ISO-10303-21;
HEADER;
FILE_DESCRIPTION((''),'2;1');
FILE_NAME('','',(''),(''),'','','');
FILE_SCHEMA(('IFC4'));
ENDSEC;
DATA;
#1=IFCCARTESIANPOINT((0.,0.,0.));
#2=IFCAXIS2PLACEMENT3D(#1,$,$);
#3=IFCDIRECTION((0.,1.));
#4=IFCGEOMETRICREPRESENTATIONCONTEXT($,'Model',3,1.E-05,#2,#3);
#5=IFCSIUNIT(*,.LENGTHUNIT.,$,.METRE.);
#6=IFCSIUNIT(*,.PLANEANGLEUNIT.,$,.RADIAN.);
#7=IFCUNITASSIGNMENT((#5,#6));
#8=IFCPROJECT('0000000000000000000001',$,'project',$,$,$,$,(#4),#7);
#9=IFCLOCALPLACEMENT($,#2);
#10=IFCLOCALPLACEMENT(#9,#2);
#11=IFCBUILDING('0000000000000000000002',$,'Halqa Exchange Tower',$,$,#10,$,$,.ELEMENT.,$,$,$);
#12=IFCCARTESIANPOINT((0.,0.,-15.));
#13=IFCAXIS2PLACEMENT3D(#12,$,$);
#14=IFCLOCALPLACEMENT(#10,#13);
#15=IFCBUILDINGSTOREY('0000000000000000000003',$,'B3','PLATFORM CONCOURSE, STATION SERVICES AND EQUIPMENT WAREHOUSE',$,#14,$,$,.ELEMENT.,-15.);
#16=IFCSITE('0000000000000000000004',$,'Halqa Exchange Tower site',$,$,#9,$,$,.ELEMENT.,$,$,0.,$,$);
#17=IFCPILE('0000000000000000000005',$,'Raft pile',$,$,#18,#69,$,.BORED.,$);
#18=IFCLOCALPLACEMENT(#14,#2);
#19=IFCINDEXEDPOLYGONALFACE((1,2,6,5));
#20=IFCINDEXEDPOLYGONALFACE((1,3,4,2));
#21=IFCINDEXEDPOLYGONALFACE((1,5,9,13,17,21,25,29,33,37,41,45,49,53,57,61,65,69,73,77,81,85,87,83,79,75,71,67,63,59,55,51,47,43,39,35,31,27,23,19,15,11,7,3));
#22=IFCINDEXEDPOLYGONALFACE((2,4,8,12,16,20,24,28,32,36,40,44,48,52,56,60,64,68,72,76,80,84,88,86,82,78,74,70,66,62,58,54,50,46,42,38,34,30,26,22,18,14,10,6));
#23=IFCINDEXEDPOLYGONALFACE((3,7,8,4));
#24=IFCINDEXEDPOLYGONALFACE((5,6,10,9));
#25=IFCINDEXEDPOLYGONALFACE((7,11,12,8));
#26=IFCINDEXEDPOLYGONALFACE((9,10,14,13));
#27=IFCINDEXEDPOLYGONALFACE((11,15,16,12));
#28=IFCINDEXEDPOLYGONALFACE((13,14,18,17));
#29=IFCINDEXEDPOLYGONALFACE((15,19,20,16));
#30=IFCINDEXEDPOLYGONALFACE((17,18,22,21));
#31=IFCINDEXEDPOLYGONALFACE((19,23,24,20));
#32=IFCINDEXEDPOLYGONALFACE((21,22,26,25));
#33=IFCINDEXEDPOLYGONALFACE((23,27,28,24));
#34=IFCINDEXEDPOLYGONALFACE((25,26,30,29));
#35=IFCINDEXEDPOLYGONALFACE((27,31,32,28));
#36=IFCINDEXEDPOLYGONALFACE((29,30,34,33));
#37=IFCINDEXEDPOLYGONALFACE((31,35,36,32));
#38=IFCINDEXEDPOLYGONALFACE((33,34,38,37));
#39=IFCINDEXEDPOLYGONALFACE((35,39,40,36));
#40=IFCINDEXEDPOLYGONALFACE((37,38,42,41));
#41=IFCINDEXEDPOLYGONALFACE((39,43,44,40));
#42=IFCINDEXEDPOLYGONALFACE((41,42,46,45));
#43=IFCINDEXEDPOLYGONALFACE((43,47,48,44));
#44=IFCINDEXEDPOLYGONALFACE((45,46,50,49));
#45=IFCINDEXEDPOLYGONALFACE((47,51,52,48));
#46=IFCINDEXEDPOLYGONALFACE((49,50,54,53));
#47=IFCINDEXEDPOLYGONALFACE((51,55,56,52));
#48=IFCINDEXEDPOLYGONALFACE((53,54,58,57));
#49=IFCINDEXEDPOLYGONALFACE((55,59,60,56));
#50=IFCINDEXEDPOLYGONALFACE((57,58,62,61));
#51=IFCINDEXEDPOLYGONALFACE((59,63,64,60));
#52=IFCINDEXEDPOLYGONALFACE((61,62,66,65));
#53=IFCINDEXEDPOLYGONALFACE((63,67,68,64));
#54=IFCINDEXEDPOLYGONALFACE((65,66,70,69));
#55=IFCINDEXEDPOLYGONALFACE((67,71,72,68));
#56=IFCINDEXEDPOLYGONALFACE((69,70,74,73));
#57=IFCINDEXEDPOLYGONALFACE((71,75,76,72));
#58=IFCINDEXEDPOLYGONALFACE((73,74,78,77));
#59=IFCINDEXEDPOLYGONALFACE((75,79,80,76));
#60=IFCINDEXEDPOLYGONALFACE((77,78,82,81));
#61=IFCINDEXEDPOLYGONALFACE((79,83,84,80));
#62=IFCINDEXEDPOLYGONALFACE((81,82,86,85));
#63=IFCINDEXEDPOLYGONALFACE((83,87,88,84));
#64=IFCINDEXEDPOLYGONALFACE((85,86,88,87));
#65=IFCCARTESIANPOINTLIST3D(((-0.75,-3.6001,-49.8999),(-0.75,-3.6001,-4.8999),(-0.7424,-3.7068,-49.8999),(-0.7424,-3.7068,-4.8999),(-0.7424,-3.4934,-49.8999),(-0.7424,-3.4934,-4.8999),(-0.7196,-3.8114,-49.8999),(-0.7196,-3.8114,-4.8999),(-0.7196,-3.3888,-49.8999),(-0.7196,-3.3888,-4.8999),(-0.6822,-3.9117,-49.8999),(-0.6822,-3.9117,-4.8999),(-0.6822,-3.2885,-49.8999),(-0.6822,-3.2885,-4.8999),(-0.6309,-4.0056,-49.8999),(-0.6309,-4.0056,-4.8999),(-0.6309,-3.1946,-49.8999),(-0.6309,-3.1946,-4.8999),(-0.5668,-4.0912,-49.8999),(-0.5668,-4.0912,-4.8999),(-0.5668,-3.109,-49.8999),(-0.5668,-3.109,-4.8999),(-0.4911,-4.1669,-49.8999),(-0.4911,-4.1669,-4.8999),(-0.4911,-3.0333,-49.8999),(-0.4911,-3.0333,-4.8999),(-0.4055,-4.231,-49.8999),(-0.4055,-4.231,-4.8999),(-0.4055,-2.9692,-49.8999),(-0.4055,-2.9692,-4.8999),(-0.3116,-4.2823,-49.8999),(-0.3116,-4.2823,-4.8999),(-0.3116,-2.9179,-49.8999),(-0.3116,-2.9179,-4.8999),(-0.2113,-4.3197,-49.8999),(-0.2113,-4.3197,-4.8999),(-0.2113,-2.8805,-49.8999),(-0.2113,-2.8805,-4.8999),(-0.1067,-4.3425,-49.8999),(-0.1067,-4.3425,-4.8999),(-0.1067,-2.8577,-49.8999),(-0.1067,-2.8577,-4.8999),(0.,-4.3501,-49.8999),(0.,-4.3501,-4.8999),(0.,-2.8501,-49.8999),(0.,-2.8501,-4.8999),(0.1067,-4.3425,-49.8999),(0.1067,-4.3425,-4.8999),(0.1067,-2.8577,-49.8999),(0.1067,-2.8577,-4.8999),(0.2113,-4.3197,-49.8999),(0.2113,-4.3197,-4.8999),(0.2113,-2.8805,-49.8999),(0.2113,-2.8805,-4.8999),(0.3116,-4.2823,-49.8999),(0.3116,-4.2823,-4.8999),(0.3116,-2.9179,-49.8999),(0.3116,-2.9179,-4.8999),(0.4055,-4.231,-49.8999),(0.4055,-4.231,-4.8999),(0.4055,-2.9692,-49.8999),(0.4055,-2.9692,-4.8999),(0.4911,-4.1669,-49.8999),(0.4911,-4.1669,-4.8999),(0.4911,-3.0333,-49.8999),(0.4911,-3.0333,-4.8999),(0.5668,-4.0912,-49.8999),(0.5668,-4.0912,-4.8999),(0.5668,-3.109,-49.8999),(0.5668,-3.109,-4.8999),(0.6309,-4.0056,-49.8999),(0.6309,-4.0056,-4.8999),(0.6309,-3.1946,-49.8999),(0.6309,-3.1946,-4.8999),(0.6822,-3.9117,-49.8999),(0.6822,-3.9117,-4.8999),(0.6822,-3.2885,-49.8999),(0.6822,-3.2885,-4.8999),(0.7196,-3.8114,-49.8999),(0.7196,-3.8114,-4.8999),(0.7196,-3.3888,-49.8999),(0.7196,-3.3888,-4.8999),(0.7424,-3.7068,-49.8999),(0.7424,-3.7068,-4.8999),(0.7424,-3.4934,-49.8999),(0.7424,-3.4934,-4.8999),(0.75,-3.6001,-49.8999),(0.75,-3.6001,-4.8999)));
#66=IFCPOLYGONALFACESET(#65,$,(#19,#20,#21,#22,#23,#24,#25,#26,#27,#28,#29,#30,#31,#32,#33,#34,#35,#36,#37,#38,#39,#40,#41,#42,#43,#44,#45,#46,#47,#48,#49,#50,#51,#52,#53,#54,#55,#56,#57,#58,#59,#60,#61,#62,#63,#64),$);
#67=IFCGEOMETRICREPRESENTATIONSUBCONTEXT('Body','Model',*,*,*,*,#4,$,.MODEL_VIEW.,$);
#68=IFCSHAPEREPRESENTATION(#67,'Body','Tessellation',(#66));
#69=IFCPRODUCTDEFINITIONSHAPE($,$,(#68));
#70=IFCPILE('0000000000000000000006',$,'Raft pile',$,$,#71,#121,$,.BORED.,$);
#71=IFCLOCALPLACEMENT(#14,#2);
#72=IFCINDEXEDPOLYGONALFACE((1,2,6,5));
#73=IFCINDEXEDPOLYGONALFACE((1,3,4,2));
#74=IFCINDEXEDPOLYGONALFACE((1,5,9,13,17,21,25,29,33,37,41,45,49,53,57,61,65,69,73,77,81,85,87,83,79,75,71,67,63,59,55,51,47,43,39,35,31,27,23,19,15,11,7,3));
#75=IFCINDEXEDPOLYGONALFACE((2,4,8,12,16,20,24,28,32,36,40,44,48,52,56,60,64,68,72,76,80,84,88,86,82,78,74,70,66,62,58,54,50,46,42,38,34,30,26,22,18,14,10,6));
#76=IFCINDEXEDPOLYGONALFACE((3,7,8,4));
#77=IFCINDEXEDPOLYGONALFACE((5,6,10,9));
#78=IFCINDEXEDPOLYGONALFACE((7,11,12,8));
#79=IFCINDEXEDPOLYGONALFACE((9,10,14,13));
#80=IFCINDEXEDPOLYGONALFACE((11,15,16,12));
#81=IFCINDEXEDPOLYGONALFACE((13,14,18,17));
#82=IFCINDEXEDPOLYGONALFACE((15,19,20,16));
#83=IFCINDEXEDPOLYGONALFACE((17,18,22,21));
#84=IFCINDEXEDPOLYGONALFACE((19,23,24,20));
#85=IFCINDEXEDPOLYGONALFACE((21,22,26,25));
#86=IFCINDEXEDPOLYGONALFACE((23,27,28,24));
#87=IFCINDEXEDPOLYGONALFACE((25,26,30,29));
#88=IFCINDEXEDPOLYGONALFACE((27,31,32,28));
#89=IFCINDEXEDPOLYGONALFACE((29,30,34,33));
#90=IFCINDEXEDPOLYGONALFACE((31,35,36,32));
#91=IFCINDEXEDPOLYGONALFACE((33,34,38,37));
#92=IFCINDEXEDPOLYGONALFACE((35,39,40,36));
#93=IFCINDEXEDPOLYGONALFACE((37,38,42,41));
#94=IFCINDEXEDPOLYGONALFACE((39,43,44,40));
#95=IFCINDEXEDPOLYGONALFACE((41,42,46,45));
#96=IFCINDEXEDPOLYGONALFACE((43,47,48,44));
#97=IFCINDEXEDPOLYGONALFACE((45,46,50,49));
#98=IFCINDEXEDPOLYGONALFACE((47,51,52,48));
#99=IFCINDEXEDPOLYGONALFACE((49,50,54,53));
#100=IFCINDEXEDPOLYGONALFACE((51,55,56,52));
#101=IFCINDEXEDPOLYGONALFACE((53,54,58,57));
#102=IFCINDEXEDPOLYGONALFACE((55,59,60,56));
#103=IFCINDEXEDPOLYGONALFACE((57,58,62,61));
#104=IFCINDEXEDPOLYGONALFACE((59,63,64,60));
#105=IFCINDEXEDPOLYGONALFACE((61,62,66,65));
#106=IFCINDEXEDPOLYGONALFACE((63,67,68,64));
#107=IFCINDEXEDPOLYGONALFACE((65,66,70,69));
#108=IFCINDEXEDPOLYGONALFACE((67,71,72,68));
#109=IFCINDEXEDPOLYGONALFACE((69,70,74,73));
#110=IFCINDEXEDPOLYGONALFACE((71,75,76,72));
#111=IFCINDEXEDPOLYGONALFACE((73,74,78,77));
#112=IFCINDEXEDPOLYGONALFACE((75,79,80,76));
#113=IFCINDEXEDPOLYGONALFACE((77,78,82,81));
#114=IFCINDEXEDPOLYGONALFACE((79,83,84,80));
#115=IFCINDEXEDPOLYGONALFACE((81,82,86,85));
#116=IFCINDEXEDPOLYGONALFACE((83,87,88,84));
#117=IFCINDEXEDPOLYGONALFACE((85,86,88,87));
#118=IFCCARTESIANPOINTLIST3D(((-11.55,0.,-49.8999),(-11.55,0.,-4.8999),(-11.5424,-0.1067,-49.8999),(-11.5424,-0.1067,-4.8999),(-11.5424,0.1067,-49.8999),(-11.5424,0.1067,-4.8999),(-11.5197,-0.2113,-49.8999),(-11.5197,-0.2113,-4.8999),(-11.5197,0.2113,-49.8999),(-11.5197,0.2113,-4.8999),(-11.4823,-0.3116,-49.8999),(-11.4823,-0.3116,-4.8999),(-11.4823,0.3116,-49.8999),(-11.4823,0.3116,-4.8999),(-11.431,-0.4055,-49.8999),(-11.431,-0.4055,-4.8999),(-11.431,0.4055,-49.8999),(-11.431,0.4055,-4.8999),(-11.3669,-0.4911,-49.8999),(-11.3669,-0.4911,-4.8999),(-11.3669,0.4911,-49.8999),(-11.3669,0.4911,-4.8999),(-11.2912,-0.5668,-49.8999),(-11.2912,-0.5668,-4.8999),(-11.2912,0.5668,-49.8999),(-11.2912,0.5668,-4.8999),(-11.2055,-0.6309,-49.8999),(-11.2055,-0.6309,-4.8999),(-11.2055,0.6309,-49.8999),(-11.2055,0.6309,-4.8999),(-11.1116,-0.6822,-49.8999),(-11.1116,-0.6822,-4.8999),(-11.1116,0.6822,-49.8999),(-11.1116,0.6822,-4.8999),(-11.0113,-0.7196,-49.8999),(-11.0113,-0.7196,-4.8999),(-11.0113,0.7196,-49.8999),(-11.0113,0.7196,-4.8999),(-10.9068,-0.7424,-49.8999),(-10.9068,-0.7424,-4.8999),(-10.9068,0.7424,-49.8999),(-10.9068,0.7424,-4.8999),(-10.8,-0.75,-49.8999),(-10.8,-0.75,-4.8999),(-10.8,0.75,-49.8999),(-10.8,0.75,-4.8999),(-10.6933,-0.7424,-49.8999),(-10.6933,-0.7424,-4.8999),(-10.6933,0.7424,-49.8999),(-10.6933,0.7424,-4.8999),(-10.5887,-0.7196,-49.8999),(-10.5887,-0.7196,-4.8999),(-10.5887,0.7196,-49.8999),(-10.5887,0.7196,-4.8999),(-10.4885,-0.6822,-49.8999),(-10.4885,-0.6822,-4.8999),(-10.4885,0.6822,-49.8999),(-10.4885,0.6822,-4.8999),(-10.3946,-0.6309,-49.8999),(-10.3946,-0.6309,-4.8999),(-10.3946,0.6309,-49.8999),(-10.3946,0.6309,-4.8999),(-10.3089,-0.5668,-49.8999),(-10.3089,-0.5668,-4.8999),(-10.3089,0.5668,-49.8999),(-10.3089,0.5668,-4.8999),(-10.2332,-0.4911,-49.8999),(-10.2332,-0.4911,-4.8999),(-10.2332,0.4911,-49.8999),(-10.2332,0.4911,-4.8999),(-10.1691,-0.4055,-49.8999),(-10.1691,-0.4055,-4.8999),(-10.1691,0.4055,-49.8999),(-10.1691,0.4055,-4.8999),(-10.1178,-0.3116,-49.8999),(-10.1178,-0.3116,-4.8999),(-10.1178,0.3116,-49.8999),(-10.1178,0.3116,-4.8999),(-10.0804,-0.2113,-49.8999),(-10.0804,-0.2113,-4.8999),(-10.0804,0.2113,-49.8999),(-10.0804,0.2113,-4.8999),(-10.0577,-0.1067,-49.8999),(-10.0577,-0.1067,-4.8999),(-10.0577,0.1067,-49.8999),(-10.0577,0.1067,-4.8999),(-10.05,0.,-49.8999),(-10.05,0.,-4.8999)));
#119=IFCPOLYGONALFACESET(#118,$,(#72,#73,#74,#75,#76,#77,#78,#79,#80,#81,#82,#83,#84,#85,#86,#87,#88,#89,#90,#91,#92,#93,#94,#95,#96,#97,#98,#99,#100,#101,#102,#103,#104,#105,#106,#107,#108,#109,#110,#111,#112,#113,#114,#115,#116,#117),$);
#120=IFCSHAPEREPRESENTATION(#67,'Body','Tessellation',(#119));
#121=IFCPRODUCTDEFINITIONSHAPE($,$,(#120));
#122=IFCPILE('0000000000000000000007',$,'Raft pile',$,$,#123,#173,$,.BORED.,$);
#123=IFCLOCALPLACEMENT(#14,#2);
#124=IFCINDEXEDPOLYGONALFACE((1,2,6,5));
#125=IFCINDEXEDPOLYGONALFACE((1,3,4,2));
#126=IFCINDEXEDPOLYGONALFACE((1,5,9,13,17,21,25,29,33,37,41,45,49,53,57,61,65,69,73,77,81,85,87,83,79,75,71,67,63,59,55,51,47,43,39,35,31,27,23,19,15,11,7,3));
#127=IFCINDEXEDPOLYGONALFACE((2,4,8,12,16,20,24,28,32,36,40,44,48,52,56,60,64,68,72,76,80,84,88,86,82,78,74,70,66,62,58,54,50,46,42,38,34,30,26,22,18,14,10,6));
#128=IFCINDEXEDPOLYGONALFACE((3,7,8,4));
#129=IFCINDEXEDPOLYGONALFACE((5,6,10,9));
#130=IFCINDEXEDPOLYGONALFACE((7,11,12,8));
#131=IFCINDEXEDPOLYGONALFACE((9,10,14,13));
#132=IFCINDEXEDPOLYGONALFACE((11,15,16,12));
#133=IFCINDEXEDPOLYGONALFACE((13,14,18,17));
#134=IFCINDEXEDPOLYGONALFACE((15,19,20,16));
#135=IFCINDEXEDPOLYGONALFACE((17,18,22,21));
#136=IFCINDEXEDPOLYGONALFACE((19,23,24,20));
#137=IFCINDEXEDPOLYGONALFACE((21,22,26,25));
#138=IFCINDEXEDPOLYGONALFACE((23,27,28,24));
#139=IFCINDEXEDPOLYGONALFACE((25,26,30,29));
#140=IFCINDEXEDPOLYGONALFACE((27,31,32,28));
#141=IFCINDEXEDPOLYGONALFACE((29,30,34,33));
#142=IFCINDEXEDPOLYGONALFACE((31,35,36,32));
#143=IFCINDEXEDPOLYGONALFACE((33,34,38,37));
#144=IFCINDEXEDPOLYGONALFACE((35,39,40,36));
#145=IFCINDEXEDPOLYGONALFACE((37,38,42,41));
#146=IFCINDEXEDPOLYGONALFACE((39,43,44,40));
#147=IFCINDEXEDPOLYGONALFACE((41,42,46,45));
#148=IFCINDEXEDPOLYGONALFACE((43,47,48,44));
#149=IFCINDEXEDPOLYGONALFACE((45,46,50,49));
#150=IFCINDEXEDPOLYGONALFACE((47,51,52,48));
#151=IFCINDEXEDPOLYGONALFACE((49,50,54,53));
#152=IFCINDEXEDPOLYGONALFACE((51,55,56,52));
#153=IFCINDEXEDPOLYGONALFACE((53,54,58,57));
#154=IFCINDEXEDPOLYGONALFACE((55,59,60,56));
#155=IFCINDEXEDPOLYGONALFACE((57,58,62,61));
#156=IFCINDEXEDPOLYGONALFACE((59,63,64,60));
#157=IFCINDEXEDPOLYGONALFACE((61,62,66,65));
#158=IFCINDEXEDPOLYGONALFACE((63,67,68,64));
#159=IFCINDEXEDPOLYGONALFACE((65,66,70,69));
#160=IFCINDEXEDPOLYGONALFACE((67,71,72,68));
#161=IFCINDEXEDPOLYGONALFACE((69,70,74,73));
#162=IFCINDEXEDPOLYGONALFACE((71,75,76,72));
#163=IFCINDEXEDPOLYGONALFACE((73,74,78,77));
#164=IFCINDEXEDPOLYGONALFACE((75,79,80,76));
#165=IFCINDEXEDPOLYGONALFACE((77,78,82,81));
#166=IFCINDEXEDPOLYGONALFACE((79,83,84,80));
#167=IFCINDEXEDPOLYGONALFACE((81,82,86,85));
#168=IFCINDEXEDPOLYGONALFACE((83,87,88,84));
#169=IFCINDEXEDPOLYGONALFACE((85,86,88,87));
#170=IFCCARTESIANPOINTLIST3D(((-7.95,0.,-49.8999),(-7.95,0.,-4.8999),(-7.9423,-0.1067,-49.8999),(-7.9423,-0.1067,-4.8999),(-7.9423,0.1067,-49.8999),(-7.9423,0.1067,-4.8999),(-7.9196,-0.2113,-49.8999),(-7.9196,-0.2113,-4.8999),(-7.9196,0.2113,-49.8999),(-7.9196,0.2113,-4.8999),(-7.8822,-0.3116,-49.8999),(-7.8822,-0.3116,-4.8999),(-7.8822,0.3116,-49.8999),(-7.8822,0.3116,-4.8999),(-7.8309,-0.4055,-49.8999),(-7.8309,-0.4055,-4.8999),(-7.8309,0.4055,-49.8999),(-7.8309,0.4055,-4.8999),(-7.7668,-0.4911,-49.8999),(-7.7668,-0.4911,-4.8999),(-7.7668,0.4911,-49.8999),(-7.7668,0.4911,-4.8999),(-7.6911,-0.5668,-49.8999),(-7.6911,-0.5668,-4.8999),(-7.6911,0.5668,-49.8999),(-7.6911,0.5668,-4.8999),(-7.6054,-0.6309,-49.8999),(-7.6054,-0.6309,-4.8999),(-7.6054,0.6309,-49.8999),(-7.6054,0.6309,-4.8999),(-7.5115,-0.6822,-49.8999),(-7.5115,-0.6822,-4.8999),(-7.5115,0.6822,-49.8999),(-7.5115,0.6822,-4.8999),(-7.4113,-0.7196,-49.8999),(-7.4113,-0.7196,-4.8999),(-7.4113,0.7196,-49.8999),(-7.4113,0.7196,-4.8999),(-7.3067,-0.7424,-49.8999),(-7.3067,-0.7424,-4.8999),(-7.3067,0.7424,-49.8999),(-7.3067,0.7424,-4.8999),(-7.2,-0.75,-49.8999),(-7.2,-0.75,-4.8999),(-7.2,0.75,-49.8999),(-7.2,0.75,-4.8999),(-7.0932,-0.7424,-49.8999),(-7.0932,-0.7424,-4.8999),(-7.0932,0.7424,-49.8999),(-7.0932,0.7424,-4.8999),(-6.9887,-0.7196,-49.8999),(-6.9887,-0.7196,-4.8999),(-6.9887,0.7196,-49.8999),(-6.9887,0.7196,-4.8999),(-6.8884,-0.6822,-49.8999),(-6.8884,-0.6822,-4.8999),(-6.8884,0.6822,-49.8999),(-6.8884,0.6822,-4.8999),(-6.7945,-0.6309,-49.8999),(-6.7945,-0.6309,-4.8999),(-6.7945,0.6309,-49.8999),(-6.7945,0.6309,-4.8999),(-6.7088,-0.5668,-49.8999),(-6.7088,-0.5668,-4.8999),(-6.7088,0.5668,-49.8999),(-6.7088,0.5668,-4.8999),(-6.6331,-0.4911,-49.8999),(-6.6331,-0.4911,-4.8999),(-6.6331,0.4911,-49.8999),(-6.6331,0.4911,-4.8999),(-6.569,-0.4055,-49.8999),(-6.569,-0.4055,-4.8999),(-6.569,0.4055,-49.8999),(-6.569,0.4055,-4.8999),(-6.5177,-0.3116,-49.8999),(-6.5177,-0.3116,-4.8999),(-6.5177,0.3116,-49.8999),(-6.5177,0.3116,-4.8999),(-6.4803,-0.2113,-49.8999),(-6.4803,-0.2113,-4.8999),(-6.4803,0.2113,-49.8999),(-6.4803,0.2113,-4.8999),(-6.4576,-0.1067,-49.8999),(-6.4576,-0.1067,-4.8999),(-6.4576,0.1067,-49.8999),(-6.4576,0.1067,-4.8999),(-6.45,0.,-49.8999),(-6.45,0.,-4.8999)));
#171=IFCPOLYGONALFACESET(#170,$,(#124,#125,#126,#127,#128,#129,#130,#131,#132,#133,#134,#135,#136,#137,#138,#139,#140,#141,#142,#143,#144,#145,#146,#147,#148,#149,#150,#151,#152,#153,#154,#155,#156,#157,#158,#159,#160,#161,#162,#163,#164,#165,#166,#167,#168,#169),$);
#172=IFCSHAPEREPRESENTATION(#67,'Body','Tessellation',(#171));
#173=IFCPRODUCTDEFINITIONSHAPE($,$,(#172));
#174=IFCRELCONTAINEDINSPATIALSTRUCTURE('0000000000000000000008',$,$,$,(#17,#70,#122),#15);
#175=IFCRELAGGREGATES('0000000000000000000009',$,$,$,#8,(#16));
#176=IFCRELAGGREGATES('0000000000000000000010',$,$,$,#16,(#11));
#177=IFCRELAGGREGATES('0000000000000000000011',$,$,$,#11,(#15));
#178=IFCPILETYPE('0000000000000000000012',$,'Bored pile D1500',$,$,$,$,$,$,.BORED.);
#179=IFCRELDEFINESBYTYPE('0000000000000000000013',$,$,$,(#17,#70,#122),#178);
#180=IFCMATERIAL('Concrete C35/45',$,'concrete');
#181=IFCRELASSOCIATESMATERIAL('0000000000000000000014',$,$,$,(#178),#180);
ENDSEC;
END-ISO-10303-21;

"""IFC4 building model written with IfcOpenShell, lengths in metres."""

from ifc_helpers import new_model, si_unit, direction, frame, origin, origin_2d, place, context, subcontext, project, spatial, circle, extrude, material, material_profile, profile_set, type_object, element, save


model = new_model("IFC4")

# Units and contexts
model_context = context("Model", 3, precision=1e-05, world=origin(), true_north=direction((0.0, 1.0)))
body_context = subcontext(model_context, "Body", "Model", "MODEL_VIEW")
ifc_project = project(units=[si_unit("LENGTHUNIT", "METRE"), si_unit("PLANEANGLEUNIT", "RADIAN")], contexts=[model_context])

# Site, building, storey
site_placement = place(None, origin())
site = spatial("IfcSite", under=ifc_project, at=site_placement, Name="Halqa Exchange Tower site", CompositionType="ELEMENT", RefElevation=0.0)
building_placement = place(site_placement, origin())
building = spatial("IfcBuilding", under=site, at=building_placement, Name="Halqa Exchange Tower", CompositionType="ELEMENT")
storey_placement = place(building_placement, frame((0.0, 0.0, -15.0)))
storey = spatial("IfcBuildingStorey", under=building, at=storey_placement, Name="B3", Description="PLATFORM CONCOURSE, STATION SERVICES AND EQUIPMENT WAREHOUSE", CompositionType="ELEMENT", Elevation=-15.0)

# Piles
ifc_material_1 = material(Name="Concrete C35/45", Category="concrete")
ifc_material_profile_1 = material_profile(ifc_material_1, circle(Radius=0.75, at=origin_2d()), Name="D1500")
ifc_profile_set_1 = profile_set([ifc_material_profile_1], Name="Concrete C35/45")
pile_type_1 = type_object("IfcPileType", Name="Bored pile D1500", PredefinedType="BORED", material=ifc_profile_set_1)
for number, where, z_axis, x_axis, name in (
    (1, (0.0, -3.6001, -4.8999), (0.0, 0.0, -1.0), (1.0, 0.0, 0.0), "Raft pile"),
    (2, (-10.8, 0.0, -4.8999), (0.0, 0.0, -1.0), (1.0, 0.0, 0.0), "Raft pile"),
    (3, (-7.2, 0.0, -4.8999), (0.0, 0.0, -1.0), (1.0, 0.0, 0.0), "Raft pile"),
):
    element("IfcPile", number, at=place(storey_placement, frame(where, z_axis=z_axis, x_axis=x_axis)), inside=storey, type_object=pile_type_1, Name=name, PredefinedType="BORED", context=body_context, shape_type="SweptSolid", body=[
        extrude(circle(Radius=0.75, at=origin_2d()), origin(), (0.0, 0.0, 1.0), 45.0),
    ])

save(model, "model.ifc")
